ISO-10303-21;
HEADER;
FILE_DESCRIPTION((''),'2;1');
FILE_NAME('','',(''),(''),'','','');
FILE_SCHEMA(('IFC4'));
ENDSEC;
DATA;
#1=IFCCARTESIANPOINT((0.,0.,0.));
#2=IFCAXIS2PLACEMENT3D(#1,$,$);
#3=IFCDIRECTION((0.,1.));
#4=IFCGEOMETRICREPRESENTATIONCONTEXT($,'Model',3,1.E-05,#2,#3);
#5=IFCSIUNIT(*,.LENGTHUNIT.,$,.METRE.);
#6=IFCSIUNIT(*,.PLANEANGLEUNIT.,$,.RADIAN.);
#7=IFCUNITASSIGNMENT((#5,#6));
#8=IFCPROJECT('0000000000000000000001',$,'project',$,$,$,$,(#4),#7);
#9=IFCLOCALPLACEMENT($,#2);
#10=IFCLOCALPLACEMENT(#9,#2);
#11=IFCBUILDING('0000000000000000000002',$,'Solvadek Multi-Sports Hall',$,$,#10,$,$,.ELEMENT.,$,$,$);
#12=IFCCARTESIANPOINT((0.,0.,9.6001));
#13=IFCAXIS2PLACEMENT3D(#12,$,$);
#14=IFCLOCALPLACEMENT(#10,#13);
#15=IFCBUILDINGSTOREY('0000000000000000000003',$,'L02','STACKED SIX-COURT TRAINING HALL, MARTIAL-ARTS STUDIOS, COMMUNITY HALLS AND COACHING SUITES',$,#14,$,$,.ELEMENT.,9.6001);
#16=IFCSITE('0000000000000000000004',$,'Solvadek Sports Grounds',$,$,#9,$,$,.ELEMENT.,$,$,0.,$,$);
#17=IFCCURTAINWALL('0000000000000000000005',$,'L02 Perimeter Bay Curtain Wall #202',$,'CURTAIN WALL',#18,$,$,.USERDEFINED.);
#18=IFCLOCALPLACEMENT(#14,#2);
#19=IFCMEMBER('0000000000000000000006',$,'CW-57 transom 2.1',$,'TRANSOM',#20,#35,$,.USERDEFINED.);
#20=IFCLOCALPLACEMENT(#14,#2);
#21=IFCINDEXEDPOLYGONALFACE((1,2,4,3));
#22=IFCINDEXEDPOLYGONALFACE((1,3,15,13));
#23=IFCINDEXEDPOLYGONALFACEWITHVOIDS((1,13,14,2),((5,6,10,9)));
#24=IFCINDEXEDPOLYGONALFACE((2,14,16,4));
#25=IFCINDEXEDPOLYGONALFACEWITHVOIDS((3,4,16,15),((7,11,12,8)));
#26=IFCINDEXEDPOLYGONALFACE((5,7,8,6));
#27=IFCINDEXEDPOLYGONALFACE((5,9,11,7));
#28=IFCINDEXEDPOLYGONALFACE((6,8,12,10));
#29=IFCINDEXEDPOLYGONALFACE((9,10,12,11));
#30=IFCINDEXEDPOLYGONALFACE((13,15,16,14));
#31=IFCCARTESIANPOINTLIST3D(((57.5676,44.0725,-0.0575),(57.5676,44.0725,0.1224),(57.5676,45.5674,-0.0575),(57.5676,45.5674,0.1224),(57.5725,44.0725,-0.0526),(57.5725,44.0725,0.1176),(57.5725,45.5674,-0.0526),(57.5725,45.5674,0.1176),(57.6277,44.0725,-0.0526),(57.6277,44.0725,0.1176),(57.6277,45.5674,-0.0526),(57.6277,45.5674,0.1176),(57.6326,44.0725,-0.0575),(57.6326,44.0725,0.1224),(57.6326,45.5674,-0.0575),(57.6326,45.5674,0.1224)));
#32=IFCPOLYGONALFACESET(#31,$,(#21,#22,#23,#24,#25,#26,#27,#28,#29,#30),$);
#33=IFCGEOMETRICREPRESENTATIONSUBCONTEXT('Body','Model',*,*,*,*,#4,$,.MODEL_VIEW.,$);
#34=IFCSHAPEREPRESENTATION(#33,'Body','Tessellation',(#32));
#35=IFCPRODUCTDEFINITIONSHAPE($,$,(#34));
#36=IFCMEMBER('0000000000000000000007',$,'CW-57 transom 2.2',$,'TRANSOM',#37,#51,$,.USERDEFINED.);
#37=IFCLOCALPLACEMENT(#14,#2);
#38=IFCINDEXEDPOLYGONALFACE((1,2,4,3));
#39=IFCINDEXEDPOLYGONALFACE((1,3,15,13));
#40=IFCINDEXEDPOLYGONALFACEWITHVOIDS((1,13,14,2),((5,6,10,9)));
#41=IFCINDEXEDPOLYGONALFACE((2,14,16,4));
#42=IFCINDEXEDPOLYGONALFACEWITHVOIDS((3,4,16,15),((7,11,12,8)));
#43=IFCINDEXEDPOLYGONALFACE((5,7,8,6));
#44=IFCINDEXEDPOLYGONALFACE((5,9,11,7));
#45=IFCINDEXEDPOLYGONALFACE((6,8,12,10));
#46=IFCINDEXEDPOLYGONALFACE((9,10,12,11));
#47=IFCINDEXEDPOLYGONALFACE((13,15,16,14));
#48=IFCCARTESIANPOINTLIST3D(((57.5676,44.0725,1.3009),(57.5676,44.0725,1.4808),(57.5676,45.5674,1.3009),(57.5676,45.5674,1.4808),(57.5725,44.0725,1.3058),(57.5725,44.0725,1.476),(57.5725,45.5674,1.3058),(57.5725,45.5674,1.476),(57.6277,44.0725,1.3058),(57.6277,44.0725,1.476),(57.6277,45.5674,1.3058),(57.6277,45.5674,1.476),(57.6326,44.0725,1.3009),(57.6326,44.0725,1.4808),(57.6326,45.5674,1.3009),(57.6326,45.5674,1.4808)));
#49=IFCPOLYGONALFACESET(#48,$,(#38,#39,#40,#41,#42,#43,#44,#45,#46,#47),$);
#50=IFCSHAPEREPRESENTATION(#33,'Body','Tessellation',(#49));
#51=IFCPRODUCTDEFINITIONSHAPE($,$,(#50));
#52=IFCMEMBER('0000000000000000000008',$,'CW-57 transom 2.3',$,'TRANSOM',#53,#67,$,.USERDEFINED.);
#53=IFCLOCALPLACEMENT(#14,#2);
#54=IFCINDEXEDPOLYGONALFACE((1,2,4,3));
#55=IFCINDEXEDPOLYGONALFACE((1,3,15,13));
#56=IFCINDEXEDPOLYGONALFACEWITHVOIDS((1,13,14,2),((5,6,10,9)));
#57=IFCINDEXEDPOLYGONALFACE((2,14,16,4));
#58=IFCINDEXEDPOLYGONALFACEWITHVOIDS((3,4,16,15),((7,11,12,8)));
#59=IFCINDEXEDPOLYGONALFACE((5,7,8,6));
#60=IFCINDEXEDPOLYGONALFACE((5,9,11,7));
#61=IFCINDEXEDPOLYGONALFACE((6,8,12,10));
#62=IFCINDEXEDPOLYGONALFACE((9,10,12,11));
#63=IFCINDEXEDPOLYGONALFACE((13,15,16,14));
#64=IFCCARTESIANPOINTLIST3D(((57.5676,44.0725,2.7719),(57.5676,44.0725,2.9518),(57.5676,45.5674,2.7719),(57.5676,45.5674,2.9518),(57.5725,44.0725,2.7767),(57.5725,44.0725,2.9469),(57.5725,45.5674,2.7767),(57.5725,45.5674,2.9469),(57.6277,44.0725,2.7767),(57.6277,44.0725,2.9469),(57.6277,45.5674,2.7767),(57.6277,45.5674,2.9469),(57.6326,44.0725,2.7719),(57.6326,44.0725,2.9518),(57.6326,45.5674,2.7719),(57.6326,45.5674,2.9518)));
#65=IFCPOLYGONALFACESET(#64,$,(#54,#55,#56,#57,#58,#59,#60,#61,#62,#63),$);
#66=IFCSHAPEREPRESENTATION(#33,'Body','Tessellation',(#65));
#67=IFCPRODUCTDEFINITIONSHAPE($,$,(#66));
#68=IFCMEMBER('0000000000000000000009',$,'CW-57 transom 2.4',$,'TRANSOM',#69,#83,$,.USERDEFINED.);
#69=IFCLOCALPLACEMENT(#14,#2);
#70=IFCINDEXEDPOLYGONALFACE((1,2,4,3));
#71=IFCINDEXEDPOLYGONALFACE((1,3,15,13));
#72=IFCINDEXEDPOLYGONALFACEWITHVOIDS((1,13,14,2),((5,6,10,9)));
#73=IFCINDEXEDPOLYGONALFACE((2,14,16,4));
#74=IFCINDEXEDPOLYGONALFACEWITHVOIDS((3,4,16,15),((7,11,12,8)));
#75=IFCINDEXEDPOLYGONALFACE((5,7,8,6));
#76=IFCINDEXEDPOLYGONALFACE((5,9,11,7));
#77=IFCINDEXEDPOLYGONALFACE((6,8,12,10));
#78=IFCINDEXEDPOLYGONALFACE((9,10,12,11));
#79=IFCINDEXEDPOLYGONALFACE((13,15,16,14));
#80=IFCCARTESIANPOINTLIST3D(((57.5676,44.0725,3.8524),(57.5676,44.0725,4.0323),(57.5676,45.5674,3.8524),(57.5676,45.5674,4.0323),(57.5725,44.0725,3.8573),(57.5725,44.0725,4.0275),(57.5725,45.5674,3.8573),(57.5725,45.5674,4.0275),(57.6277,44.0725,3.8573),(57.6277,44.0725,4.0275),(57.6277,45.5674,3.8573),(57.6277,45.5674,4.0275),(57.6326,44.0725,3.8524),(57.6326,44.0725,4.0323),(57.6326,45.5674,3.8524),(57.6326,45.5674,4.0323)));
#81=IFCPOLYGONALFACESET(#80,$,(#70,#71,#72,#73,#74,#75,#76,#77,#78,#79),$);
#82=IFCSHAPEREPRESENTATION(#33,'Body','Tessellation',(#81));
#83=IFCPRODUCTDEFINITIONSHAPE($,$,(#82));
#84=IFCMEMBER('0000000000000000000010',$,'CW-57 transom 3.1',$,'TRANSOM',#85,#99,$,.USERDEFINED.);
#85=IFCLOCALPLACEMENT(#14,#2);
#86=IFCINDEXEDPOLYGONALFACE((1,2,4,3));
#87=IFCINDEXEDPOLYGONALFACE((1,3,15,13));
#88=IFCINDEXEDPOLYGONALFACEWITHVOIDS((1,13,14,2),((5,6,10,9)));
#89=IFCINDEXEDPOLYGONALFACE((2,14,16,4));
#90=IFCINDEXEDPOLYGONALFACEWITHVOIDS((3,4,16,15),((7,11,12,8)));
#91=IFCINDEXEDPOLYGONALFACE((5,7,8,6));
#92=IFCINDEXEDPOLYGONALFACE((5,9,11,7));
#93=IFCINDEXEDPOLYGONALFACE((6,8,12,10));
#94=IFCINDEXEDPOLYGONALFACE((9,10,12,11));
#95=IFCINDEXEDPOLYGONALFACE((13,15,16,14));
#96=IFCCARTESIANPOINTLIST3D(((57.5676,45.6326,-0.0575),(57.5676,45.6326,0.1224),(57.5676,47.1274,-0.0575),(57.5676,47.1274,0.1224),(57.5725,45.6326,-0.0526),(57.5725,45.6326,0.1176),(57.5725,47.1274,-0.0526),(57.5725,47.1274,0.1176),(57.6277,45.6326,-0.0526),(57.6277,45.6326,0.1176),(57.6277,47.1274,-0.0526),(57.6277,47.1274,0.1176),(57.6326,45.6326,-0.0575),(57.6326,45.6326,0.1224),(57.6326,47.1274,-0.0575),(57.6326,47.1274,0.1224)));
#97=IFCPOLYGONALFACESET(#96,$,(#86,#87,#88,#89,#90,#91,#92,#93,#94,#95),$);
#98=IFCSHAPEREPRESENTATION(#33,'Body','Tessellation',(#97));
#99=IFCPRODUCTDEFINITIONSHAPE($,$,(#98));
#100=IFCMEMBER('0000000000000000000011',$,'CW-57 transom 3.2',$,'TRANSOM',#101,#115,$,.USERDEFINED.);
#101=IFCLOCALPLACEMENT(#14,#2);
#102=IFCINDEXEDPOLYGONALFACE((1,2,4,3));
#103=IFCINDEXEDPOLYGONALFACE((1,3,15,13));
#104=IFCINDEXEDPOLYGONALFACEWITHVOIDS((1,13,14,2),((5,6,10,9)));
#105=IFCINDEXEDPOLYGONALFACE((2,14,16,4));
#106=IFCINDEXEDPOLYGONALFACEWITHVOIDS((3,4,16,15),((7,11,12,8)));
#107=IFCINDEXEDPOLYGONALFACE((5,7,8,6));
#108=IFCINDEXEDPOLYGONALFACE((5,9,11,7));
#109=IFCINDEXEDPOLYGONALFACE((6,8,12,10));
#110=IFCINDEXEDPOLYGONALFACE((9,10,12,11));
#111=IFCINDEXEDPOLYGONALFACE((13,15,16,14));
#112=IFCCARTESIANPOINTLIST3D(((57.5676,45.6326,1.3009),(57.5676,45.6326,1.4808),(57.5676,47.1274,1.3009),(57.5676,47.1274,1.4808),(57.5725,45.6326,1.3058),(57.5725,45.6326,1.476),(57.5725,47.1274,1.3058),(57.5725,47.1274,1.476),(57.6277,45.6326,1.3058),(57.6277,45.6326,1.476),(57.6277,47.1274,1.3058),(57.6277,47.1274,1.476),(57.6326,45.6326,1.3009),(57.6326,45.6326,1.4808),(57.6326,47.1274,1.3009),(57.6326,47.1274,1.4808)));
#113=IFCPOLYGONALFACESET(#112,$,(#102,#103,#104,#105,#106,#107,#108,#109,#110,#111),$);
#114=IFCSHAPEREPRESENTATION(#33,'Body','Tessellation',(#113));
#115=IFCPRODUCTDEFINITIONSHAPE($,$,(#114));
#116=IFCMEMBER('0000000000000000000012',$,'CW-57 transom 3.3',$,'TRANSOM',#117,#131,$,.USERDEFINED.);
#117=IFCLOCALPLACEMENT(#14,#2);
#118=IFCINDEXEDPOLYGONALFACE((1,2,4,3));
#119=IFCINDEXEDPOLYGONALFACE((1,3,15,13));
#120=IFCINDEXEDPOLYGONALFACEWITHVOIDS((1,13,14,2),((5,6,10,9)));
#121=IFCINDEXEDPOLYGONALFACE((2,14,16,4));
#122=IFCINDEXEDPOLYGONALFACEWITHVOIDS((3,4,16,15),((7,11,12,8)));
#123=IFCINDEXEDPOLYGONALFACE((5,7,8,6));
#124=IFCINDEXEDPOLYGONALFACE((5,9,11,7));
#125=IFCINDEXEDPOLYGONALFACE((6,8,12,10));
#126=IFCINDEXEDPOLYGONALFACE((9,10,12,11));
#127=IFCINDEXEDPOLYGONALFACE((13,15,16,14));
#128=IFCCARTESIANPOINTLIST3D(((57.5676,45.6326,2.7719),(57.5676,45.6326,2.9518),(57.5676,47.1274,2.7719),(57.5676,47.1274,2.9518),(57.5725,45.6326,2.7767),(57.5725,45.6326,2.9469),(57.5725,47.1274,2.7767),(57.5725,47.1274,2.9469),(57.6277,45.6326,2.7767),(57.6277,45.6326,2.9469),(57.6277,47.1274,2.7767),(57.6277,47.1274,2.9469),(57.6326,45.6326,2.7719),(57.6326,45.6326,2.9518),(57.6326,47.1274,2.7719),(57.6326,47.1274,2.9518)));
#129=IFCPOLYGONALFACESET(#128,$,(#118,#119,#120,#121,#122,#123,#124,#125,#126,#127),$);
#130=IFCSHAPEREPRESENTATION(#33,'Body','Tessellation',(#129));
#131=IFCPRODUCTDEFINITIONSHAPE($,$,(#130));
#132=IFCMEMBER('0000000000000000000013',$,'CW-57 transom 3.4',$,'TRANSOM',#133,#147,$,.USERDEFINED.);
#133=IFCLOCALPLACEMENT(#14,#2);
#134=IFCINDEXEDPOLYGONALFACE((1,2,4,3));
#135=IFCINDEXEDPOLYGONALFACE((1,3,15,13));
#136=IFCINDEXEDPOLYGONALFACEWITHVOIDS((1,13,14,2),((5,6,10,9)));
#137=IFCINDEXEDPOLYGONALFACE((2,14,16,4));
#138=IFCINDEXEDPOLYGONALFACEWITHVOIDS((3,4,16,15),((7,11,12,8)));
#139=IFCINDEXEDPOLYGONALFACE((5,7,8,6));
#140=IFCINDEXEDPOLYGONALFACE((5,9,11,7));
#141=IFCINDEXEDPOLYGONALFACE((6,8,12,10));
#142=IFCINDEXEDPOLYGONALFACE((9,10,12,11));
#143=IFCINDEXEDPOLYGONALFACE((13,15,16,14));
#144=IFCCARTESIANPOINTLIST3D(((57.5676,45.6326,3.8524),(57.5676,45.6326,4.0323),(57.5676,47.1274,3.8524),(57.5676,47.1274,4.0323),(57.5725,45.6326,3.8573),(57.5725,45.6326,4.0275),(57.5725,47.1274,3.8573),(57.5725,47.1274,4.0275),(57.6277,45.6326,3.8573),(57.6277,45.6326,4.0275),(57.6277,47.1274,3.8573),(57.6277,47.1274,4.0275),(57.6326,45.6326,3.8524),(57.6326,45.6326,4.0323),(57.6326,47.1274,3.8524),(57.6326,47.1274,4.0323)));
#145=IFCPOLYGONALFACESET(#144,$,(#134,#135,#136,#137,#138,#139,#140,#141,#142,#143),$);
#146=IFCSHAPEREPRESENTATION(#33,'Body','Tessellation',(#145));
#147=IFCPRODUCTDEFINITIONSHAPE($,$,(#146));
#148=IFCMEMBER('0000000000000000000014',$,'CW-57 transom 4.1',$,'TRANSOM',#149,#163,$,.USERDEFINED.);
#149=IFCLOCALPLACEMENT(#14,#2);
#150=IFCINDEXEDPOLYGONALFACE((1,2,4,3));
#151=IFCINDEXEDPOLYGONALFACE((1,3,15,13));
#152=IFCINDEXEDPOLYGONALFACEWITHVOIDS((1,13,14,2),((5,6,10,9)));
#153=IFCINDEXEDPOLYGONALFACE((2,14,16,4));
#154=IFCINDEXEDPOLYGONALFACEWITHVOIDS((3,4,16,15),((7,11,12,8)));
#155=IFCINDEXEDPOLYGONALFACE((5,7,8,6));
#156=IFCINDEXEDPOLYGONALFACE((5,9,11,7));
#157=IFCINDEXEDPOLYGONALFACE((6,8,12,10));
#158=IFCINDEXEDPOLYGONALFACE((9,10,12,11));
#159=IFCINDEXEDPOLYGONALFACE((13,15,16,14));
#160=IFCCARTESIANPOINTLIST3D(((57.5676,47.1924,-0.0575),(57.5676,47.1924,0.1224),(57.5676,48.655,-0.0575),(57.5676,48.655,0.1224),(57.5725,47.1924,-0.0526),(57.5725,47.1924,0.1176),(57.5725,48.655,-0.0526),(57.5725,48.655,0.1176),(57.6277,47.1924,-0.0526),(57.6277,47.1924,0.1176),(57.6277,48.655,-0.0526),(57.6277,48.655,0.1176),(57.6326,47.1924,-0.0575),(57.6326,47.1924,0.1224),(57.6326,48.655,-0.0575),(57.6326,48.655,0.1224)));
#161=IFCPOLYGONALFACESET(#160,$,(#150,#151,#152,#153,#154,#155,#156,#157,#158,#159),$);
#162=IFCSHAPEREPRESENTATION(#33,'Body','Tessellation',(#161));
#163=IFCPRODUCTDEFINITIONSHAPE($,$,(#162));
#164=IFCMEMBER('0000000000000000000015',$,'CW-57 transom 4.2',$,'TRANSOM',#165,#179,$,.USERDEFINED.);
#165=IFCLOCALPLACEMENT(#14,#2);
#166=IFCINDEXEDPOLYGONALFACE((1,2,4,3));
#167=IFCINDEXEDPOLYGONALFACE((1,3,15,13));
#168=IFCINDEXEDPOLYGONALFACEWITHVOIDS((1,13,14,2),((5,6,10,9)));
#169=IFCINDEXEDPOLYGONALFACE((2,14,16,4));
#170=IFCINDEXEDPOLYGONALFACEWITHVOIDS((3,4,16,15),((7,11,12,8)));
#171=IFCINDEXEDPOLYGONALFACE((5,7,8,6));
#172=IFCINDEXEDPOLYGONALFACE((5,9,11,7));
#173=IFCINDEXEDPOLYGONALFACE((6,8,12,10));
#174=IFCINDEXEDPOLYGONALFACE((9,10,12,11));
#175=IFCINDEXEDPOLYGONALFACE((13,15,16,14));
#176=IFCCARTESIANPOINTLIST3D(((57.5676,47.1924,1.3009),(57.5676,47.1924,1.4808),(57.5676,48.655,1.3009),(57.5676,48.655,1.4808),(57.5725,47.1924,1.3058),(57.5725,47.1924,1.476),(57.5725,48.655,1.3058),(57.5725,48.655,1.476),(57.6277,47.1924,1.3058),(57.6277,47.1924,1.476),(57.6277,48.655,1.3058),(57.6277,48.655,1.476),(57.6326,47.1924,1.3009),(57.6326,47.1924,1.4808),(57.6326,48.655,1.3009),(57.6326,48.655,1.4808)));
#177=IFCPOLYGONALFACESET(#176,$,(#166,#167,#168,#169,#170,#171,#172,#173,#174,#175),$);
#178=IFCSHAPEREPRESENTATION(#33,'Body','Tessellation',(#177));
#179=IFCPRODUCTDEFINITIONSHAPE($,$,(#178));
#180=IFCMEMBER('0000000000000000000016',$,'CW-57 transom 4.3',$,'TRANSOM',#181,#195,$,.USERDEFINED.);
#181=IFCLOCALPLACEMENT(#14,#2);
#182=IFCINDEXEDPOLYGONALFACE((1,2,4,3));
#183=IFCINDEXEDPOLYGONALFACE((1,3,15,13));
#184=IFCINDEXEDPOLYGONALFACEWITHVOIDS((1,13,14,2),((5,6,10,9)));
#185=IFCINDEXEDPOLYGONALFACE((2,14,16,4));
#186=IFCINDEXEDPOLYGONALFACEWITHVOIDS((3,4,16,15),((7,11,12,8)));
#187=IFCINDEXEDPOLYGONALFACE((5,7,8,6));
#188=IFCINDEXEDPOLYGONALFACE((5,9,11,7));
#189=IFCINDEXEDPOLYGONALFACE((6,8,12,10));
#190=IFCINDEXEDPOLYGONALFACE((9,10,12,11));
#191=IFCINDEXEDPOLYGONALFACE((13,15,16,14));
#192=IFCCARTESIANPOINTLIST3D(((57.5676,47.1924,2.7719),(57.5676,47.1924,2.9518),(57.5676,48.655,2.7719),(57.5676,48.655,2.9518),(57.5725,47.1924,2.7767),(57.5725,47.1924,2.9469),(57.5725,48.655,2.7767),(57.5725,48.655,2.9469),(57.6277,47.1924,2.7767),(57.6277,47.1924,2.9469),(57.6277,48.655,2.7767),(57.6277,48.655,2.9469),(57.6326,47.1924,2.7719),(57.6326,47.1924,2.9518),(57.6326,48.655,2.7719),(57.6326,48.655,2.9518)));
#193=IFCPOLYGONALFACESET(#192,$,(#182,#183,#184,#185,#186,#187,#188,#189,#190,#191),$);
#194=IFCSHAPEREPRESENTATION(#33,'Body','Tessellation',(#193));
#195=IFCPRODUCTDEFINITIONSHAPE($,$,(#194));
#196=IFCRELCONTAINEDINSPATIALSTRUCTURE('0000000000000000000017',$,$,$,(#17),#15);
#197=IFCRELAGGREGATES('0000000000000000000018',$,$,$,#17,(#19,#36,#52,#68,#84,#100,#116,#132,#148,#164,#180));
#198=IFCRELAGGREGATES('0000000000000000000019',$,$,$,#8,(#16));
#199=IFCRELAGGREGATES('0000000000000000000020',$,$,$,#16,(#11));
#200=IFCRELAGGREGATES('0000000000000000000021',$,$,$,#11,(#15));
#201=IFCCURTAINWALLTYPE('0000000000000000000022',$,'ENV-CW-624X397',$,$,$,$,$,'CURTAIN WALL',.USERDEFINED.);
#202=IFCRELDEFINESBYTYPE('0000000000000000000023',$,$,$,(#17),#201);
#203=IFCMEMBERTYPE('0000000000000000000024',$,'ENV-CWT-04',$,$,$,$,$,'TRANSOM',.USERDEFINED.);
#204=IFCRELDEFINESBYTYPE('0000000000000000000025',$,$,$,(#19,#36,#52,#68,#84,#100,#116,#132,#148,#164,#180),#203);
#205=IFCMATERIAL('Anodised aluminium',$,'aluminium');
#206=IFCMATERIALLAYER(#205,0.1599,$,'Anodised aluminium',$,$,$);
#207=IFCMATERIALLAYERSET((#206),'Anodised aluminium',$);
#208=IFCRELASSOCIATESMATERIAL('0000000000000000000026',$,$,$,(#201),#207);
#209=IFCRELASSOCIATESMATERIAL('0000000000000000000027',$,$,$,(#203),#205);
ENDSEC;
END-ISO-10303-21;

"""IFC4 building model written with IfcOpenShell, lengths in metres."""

from ifc_helpers import new_model, si_unit, direction, frame, origin, origin_2d, place, context, subcontext, project, spatial, hollow_rectangle, extrude, material, layer, layer_set, material_profile, profile_set, type_object, element, aggregate, save


model = new_model("IFC4")

# Units and contexts
model_context = context("Model", 3, precision=1e-05, world=origin(), true_north=direction((0.0, 1.0)))
body_context = subcontext(model_context, "Body", "Model", "MODEL_VIEW")
ifc_project = project(units=[si_unit("LENGTHUNIT", "METRE"), si_unit("PLANEANGLEUNIT", "RADIAN")], contexts=[model_context])

# Site, building, storey
site_placement = place(None, origin())
site = spatial("IfcSite", under=ifc_project, at=site_placement, Name="Solvadek Sports Grounds", CompositionType="ELEMENT", RefElevation=0.0)
building_placement = place(site_placement, origin())
building = spatial("IfcBuilding", under=site, at=building_placement, Name="Solvadek Multi-Sports Hall", CompositionType="ELEMENT")
storey_placement = place(building_placement, frame((0.0, 0.0, 9.6001)))
storey = spatial("IfcBuildingStorey", under=building, at=storey_placement, Name="L02", Description="STACKED SIX-COURT TRAINING HALL, MARTIAL-ARTS STUDIOS, COMMUNITY HALLS AND COACHING SUITES", CompositionType="ELEMENT", Elevation=9.6001)

# Curtain wall, members
ifc_material_1 = material(Name="Anodised aluminium", Category="aluminium")
ifc_layer_1 = layer(ifc_material_1, 0.1599, Name="Anodised aluminium")
ifc_layer_set_1 = layer_set([ifc_layer_1], Name="Anodised aluminium")
curtain_wall_type = type_object("IfcCurtainWallType", Name="ENV-CW-624X397", ElementType="CURTAIN WALL", PredefinedType="USERDEFINED", material=ifc_layer_set_1)
curtain_wall_placement = place(storey_placement, origin())
curtain_wall = element("IfcCurtainWall", 1, at=curtain_wall_placement, inside=storey, type_object=curtain_wall_type, Name="L02 Perimeter Bay Curtain Wall #202", ObjectType="CURTAIN WALL", PredefinedType="USERDEFINED")
ifc_material_profile_1 = material_profile(ifc_material_1, hollow_rectangle(XDim=0.0649, YDim=0.1799, WallThickness=0.0049, at=origin_2d()), Name="ALU-T 180x65x5")
ifc_profile_set_1 = profile_set([ifc_material_profile_1], Name="Anodised aluminium")
member_type = type_object("IfcMemberType", Name="ENV-CWT-04", ElementType="TRANSOM", PredefinedType="USERDEFINED", material=ifc_profile_set_1)
member_1_placement = place(storey_placement, frame((57.6001, 44.0725, 0.0325), z_axis=(0.0, 1.0, 0.0), x_axis=(-1.0, 0.0, 0.0)))
member_1 = element("IfcMember", 2, at=member_1_placement, type_object=member_type, Name="CW-57 transom 2.1", ObjectType="TRANSOM", PredefinedType="USERDEFINED", context=body_context, shape_type="SweptSolid", body=[
    extrude(hollow_rectangle(XDim=0.0649, YDim=0.1799, WallThickness=0.0049, at=origin_2d()), origin(), (0.0, 0.0, 1.0), 1.4949),
])
member_2_placement = place(storey_placement, frame((57.6001, 44.0725, 1.3909), z_axis=(0.0, 1.0, 0.0), x_axis=(-1.0, 0.0, 0.0)))
member_2 = element("IfcMember", 3, at=member_2_placement, type_object=member_type, Name="CW-57 transom 2.2", ObjectType="TRANSOM", PredefinedType="USERDEFINED", context=body_context, shape_type="SweptSolid", body=[
    extrude(hollow_rectangle(XDim=0.0649, YDim=0.1799, WallThickness=0.0049, at=origin_2d()), origin(), (0.0, 0.0, 1.0), 1.4949),
])
member_3_placement = place(storey_placement, frame((57.6001, 44.0725, 2.8618), z_axis=(0.0, 1.0, 0.0), x_axis=(-1.0, 0.0, 0.0)))
member_3 = element("IfcMember", 4, at=member_3_placement, type_object=member_type, Name="CW-57 transom 2.3", ObjectType="TRANSOM", PredefinedType="USERDEFINED", context=body_context, shape_type="SweptSolid", body=[
    extrude(hollow_rectangle(XDim=0.0649, YDim=0.1799, WallThickness=0.0049, at=origin_2d()), origin(), (0.0, 0.0, 1.0), 1.4949),
])
member_4_placement = place(storey_placement, frame((57.6001, 44.0725, 3.9424), z_axis=(0.0, 1.0, 0.0), x_axis=(-1.0, 0.0, 0.0)))
member_4 = element("IfcMember", 5, at=member_4_placement, type_object=member_type, Name="CW-57 transom 2.4", ObjectType="TRANSOM", PredefinedType="USERDEFINED", context=body_context, shape_type="SweptSolid", body=[
    extrude(hollow_rectangle(XDim=0.0649, YDim=0.1799, WallThickness=0.0049, at=origin_2d()), origin(), (0.0, 0.0, 1.0), 1.4949),
])
member_5_placement = place(storey_placement, frame((57.6001, 45.6326, 0.0325), z_axis=(0.0, 1.0, 0.0), x_axis=(-1.0, 0.0, 0.0)))
member_5 = element("IfcMember", 6, at=member_5_placement, type_object=member_type, Name="CW-57 transom 3.1", ObjectType="TRANSOM", PredefinedType="USERDEFINED", context=body_context, shape_type="SweptSolid", body=[
    extrude(hollow_rectangle(XDim=0.0649, YDim=0.1799, WallThickness=0.0049, at=origin_2d()), origin(), (0.0, 0.0, 1.0), 1.4949),
])
member_6_placement = place(storey_placement, frame((57.6001, 45.6326, 1.3909), z_axis=(0.0, 1.0, 0.0), x_axis=(-1.0, 0.0, 0.0)))
member_6 = element("IfcMember", 7, at=member_6_placement, type_object=member_type, Name="CW-57 transom 3.2", ObjectType="TRANSOM", PredefinedType="USERDEFINED", context=body_context, shape_type="SweptSolid", body=[
    extrude(hollow_rectangle(XDim=0.0649, YDim=0.1799, WallThickness=0.0049, at=origin_2d()), origin(), (0.0, 0.0, 1.0), 1.4949),
])
member_7_placement = place(storey_placement, frame((57.6001, 45.6326, 2.8618), z_axis=(0.0, 1.0, 0.0), x_axis=(-1.0, 0.0, 0.0)))
member_7 = element("IfcMember", 8, at=member_7_placement, type_object=member_type, Name="CW-57 transom 3.3", ObjectType="TRANSOM", PredefinedType="USERDEFINED", context=body_context, shape_type="SweptSolid", body=[
    extrude(hollow_rectangle(XDim=0.0649, YDim=0.1799, WallThickness=0.0049, at=origin_2d()), origin(), (0.0, 0.0, 1.0), 1.4949),
])
member_8_placement = place(storey_placement, frame((57.6001, 45.6326, 3.9424), z_axis=(0.0, 1.0, 0.0), x_axis=(-1.0, 0.0, 0.0)))
member_8 = element("IfcMember", 9, at=member_8_placement, type_object=member_type, Name="CW-57 transom 3.4", ObjectType="TRANSOM", PredefinedType="USERDEFINED", context=body_context, shape_type="SweptSolid", body=[
    extrude(hollow_rectangle(XDim=0.0649, YDim=0.1799, WallThickness=0.0049, at=origin_2d()), origin(), (0.0, 0.0, 1.0), 1.4949),
])
member_9_placement = place(storey_placement, frame((57.6001, 47.1924, 0.0325), z_axis=(0.0, 1.0, 0.0), x_axis=(-1.0, 0.0, 0.0)))
member_9 = element("IfcMember", 10, at=member_9_placement, type_object=member_type, Name="CW-57 transom 4.1", ObjectType="TRANSOM", PredefinedType="USERDEFINED", context=body_context, shape_type="SweptSolid", body=[
    extrude(hollow_rectangle(XDim=0.0649, YDim=0.1799, WallThickness=0.0049, at=origin_2d()), origin(), (0.0, 0.0, 1.0), 1.4626),
])
member_10_placement = place(storey_placement, frame((57.6001, 47.1924, 1.3909), z_axis=(0.0, 1.0, 0.0), x_axis=(-1.0, 0.0, 0.0)))
member_10 = element("IfcMember", 11, at=member_10_placement, type_object=member_type, Name="CW-57 transom 4.2", ObjectType="TRANSOM", PredefinedType="USERDEFINED", context=body_context, shape_type="SweptSolid", body=[
    extrude(hollow_rectangle(XDim=0.0649, YDim=0.1799, WallThickness=0.0049, at=origin_2d()), origin(), (0.0, 0.0, 1.0), 1.4626),
])
member_11_placement = place(storey_placement, frame((57.6001, 47.1924, 2.8618), z_axis=(0.0, 1.0, 0.0), x_axis=(-1.0, 0.0, 0.0)))
member_11 = element("IfcMember", 12, at=member_11_placement, type_object=member_type, Name="CW-57 transom 4.3", ObjectType="TRANSOM", PredefinedType="USERDEFINED", context=body_context, shape_type="SweptSolid", body=[
    extrude(hollow_rectangle(XDim=0.0649, YDim=0.1799, WallThickness=0.0049, at=origin_2d()), origin(), (0.0, 0.0, 1.0), 1.4626),
])

aggregate(curtain_wall, [member_1, member_2, member_3, member_4, member_5, member_6, member_7, member_8, member_9, member_10, member_11])

save(model, "model.ifc")
